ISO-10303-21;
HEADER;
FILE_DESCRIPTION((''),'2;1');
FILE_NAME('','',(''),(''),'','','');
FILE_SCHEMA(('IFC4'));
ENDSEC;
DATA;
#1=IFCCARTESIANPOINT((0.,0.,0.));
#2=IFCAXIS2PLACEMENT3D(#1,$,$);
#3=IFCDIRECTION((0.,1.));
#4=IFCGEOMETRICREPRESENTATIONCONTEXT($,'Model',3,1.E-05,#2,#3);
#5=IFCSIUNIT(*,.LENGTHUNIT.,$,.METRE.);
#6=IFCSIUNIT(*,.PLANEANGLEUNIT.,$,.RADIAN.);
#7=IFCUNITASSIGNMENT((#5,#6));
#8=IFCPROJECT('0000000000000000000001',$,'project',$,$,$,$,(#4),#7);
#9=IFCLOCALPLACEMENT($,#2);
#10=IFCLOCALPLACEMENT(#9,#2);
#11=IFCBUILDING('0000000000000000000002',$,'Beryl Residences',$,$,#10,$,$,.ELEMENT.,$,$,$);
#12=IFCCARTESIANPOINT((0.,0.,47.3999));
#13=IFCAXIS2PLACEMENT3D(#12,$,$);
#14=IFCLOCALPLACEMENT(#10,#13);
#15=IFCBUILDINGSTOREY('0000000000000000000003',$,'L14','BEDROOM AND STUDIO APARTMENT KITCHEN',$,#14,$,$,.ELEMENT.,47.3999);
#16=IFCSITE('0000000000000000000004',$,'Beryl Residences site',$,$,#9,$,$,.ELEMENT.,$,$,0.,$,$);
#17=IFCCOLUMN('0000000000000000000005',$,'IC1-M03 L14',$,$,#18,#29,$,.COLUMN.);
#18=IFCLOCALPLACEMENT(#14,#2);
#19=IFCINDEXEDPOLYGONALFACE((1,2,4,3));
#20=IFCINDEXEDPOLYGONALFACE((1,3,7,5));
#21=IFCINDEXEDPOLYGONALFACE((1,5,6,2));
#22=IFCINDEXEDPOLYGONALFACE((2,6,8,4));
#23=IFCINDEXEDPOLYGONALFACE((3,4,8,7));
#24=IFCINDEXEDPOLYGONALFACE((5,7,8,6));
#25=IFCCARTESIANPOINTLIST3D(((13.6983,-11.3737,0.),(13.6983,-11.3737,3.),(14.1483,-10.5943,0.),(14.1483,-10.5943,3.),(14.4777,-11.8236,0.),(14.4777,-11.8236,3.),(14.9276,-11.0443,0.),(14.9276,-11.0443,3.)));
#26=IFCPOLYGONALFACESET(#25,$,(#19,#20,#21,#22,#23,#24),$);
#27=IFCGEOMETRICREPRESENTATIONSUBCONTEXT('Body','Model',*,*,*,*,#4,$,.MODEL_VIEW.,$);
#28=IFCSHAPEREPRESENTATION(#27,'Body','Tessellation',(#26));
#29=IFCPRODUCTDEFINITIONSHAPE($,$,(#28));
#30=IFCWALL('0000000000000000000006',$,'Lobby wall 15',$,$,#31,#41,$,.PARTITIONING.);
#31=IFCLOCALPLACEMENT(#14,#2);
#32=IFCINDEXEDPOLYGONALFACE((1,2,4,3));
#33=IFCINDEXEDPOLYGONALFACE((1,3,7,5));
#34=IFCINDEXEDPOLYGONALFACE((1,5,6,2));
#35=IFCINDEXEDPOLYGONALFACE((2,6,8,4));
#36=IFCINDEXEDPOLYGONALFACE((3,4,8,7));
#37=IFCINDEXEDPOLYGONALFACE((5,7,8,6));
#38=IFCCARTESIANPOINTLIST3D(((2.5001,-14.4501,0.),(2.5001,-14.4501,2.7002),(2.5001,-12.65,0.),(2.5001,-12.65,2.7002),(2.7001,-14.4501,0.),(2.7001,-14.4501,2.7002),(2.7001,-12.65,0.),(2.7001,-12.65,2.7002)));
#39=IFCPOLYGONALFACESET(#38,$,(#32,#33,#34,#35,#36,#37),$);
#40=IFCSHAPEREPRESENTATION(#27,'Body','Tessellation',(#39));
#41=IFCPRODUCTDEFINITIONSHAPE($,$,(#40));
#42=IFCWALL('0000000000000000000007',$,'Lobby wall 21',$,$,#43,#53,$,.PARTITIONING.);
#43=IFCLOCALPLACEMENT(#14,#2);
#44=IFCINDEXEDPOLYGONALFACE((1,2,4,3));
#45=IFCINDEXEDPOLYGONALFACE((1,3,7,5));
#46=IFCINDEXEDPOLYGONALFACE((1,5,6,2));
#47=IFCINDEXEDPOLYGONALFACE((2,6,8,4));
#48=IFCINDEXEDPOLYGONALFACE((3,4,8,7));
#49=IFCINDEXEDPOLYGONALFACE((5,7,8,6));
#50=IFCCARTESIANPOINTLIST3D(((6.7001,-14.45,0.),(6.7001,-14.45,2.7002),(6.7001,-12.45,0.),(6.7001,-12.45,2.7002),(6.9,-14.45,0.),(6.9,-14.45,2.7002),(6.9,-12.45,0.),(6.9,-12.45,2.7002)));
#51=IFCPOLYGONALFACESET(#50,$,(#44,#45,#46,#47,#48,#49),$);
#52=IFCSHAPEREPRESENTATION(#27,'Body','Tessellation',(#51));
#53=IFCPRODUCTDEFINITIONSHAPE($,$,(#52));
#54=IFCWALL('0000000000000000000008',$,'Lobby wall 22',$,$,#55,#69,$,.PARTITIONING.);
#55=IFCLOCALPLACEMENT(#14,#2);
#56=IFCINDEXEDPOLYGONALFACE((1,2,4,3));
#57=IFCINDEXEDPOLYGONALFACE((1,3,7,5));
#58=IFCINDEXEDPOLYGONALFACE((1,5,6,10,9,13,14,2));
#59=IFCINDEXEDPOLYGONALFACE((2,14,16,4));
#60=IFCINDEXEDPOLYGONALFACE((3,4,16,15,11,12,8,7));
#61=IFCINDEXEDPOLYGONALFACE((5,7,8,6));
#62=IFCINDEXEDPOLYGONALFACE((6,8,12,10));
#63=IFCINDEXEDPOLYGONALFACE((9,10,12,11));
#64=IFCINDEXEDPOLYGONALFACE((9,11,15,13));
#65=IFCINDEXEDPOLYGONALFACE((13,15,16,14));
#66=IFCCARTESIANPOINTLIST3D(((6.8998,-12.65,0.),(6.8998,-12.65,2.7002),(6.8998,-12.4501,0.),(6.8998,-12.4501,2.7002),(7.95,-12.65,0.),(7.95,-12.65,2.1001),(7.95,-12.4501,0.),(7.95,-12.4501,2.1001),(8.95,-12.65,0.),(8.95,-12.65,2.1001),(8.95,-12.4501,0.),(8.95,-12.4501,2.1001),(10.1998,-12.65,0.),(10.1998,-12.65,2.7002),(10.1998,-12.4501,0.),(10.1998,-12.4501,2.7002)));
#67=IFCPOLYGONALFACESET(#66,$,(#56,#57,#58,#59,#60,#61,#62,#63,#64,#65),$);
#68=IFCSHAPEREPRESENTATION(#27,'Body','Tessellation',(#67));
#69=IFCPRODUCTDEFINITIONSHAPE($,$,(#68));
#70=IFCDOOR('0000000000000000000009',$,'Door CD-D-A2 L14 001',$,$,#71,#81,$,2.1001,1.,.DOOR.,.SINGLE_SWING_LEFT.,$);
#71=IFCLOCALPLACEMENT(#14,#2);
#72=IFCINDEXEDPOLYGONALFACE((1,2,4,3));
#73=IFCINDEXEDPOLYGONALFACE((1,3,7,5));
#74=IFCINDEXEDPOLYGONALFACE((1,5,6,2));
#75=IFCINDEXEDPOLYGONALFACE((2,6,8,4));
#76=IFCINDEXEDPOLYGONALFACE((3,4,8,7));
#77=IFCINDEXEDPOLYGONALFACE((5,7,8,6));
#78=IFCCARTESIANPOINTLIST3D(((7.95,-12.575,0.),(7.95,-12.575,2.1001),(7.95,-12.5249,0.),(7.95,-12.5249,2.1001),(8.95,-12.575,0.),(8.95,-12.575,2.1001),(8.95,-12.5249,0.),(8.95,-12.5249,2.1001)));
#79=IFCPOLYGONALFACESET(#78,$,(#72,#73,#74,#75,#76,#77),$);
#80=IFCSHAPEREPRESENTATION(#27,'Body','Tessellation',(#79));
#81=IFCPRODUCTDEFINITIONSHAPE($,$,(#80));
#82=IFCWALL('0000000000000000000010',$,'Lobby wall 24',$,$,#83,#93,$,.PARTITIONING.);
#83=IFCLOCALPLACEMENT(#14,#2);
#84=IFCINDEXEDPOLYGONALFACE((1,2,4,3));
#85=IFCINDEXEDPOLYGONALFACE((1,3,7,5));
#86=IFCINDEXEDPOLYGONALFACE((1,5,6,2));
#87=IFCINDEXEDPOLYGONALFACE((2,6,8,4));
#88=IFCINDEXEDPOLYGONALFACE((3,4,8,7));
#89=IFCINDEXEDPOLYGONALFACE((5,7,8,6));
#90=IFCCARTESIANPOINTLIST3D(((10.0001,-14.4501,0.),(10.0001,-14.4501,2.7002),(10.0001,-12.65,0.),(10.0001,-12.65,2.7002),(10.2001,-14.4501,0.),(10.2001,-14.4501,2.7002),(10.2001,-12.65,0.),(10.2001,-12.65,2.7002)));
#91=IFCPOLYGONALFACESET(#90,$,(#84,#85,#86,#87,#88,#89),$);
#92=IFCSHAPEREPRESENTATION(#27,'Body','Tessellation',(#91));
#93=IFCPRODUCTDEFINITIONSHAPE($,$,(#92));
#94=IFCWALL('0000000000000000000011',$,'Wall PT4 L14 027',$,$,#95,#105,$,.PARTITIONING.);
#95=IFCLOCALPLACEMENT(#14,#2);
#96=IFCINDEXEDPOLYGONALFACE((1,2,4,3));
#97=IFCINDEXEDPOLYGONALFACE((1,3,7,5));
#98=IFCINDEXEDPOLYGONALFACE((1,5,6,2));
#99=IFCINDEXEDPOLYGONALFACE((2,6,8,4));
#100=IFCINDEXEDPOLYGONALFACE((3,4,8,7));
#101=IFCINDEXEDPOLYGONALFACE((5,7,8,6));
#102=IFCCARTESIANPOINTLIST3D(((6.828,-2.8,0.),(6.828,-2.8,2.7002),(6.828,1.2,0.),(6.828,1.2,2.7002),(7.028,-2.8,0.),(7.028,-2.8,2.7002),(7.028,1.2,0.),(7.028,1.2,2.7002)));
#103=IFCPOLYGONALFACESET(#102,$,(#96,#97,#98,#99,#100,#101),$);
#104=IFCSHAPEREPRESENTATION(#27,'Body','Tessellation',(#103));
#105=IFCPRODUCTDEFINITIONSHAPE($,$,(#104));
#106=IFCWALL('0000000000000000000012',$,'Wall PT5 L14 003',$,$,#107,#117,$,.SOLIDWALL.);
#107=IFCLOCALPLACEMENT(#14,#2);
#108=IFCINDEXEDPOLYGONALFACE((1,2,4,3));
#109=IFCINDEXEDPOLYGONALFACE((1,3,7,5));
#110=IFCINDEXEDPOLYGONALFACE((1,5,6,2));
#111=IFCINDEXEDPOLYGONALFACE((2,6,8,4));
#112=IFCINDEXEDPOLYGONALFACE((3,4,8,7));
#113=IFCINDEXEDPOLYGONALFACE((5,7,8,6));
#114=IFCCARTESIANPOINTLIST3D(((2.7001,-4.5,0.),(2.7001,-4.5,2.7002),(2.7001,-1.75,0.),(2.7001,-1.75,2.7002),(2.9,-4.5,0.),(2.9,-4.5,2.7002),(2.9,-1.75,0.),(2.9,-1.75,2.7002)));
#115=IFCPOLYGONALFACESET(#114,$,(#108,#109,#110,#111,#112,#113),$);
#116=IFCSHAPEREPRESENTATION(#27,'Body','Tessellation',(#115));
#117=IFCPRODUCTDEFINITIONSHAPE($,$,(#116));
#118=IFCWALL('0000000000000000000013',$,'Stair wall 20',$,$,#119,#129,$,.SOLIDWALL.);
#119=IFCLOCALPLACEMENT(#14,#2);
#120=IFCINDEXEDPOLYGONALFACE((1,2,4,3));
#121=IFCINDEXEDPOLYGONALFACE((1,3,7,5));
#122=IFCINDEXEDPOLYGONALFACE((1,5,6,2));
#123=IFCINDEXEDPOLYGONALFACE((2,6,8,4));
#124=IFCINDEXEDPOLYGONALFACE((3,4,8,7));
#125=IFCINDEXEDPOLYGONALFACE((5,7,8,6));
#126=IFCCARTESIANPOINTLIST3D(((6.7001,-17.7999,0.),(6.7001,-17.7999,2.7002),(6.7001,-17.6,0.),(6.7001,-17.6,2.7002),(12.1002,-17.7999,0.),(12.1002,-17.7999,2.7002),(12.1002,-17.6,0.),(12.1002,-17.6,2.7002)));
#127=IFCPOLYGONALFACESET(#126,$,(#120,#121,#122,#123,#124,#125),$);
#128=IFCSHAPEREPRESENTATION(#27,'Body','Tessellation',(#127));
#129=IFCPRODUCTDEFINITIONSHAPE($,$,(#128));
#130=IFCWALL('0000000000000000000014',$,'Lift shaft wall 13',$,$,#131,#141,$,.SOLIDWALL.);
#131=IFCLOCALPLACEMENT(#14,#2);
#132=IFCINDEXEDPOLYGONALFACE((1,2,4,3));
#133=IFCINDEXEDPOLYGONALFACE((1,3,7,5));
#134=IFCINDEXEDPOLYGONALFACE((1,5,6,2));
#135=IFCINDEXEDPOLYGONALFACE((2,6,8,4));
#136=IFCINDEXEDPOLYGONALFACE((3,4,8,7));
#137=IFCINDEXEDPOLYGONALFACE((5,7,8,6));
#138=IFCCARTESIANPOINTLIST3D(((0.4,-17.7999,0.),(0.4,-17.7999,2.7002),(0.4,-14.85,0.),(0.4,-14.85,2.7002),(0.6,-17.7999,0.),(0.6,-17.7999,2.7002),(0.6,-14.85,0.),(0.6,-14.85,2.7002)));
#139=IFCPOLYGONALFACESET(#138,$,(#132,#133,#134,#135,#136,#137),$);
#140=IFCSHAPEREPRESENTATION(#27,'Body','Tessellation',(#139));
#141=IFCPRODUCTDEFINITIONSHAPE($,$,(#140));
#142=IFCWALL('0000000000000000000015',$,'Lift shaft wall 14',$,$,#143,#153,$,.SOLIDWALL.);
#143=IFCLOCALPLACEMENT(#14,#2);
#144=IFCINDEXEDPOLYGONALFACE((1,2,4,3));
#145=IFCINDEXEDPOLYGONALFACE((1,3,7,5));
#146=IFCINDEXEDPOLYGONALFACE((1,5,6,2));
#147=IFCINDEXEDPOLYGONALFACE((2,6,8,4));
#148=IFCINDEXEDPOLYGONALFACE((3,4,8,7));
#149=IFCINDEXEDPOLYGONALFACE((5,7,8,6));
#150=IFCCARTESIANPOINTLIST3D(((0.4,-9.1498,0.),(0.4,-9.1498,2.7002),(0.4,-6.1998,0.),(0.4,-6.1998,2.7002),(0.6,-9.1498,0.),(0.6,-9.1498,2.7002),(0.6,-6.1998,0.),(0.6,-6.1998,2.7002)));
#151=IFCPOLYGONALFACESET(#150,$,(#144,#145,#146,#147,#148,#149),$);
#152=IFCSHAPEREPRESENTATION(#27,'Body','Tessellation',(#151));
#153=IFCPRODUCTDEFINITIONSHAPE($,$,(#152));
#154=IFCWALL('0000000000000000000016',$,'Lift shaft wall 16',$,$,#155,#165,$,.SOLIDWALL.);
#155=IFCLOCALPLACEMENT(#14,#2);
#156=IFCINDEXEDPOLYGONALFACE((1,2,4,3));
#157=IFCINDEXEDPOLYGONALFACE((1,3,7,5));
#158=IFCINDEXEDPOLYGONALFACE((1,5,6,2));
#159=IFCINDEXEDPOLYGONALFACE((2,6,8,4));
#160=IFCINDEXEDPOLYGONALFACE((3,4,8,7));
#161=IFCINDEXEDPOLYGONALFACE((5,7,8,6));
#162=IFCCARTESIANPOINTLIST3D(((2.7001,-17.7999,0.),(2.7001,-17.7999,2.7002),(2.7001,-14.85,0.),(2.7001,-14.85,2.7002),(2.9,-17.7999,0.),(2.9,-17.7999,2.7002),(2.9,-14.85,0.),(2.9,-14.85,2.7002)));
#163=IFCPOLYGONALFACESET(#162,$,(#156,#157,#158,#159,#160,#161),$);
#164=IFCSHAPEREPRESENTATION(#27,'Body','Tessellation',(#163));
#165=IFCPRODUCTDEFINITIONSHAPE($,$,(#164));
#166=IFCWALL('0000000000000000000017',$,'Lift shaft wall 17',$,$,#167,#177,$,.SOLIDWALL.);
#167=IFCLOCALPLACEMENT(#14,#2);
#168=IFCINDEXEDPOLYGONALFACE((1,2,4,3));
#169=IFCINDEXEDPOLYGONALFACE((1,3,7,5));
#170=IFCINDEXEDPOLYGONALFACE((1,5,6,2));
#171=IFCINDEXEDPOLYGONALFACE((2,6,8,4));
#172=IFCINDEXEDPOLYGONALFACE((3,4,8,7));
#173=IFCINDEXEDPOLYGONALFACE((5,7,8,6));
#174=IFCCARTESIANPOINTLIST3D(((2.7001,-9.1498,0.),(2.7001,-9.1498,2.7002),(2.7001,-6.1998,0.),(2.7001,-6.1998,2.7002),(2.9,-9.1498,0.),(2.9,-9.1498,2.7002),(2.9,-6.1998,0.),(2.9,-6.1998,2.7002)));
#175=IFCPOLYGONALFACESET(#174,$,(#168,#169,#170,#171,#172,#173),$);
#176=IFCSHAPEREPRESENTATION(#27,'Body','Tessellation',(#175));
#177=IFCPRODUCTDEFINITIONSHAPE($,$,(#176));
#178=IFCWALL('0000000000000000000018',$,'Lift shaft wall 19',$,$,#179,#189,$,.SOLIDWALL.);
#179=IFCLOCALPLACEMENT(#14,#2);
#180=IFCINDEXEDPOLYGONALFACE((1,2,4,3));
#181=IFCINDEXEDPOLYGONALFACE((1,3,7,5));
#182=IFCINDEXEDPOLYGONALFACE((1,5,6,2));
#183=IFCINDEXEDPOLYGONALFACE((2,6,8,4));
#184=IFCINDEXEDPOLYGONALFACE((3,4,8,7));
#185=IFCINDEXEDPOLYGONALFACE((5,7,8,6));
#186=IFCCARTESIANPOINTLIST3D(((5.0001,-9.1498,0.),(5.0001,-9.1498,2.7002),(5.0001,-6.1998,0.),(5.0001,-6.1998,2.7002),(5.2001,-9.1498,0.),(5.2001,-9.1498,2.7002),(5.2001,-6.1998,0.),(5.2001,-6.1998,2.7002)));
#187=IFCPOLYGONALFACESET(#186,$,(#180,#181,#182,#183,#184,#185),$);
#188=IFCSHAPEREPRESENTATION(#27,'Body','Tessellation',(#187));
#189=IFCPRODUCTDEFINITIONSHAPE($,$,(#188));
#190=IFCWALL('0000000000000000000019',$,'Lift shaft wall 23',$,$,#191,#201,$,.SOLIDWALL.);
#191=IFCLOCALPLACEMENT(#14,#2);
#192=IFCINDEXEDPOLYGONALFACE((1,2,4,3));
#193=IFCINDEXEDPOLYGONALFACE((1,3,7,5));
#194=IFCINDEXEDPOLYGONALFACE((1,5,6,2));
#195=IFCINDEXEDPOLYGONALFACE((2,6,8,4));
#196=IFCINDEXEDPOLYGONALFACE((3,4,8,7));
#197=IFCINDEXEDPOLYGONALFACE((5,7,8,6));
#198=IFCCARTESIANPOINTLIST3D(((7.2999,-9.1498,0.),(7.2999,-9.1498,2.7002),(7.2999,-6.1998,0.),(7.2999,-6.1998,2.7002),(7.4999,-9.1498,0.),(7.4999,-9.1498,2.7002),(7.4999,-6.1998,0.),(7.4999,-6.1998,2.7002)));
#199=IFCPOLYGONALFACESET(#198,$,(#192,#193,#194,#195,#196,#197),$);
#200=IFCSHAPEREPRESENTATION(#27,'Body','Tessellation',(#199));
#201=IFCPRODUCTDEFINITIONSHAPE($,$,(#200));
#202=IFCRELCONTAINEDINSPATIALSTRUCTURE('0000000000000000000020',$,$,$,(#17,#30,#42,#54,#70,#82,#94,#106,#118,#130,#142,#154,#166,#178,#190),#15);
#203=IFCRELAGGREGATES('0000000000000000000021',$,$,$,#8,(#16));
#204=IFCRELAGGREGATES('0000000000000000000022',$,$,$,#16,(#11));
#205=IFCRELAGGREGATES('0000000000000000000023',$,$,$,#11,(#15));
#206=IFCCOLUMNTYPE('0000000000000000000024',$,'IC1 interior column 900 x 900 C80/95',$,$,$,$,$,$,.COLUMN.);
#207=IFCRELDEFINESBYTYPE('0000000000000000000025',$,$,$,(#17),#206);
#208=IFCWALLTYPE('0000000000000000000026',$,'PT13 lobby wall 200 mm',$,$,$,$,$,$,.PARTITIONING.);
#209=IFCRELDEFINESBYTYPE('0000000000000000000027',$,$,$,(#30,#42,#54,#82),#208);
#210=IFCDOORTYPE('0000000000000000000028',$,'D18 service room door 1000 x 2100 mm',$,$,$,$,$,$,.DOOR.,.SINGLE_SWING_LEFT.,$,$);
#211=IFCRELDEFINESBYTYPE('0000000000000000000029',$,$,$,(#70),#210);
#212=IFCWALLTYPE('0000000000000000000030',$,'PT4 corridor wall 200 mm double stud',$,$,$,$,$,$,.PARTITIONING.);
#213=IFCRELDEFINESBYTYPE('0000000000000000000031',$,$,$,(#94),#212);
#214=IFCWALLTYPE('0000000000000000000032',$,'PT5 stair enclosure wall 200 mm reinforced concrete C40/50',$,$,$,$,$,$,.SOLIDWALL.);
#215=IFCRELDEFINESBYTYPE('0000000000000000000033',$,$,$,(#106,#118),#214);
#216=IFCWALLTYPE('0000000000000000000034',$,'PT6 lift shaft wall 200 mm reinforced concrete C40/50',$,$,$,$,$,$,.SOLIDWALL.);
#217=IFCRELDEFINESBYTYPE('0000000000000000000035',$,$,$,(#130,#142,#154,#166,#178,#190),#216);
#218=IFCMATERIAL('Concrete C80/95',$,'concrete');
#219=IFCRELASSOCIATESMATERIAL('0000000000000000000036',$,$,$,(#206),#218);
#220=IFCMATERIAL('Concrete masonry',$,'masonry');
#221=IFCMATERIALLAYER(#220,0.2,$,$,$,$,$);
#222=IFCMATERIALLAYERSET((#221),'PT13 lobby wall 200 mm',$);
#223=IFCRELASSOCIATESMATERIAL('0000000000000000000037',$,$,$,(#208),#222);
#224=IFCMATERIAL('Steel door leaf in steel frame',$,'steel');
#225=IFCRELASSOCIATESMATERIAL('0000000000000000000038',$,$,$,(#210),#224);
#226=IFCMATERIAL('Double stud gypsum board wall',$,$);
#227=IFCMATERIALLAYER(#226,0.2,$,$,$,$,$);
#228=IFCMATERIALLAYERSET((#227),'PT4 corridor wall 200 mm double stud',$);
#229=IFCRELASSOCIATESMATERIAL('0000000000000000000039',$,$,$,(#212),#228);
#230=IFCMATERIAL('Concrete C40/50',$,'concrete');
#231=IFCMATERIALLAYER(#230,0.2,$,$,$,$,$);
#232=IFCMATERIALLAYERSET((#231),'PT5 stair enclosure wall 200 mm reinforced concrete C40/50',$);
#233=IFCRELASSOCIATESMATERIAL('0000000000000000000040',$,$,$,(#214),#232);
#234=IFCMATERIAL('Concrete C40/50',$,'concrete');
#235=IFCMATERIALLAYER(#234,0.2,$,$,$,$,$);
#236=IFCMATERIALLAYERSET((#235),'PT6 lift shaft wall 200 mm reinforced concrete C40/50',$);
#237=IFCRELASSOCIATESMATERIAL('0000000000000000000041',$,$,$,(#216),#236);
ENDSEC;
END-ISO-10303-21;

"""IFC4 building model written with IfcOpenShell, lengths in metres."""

from ifc_helpers import new_model, si_unit, direction, frame, frame_2d, origin, origin_2d, place, context, subcontext, project, spatial, rectangle, extrude, material, layer, layer_set, material_profile, profile_set, type_object, element, fill, save


model = new_model("IFC4")

# Units and contexts
model_context = context("Model", 3, precision=1e-05, world=origin(), true_north=direction((0.0, 1.0)))
body_context = subcontext(model_context, "Body", "Model", "MODEL_VIEW")
ifc_project = project(units=[si_unit("LENGTHUNIT", "METRE"), si_unit("PLANEANGLEUNIT", "RADIAN")], contexts=[model_context])

# Site, building, storey
site_placement = place(None, origin())
site = spatial("IfcSite", under=ifc_project, at=site_placement, Name="Beryl Residences site", CompositionType="ELEMENT", RefElevation=0.0)
building_placement = place(site_placement, origin())
building = spatial("IfcBuilding", under=site, at=building_placement, Name="Beryl Residences", CompositionType="ELEMENT")
storey_placement = place(building_placement, frame((0.0, 0.0, 47.3999)))
storey = spatial("IfcBuildingStorey", under=building, at=storey_placement, Name="L14", Description="BEDROOM AND STUDIO APARTMENT KITCHEN", CompositionType="ELEMENT", Elevation=47.3999)

# Column
ifc_material_1 = material(Name="Concrete C80/95", Category="concrete")
ifc_material_profile = material_profile(ifc_material_1, rectangle(XDim=0.8999, YDim=0.8999, at=origin_2d()))
ifc_profile_set = profile_set([ifc_material_profile], Name="Concrete C80/95")
column_type = type_object("IfcColumnType", Name="IC1 interior column 900 x 900 C80/95", PredefinedType="COLUMN", material=ifc_profile_set)
column_placement = place(storey_placement, frame((14.313, -11.209, 0.0), z_axis=(0.0, 0.0, 1.0), x_axis=(0.499985, 0.866034, 0.0)))
element("IfcColumn", 1, at=column_placement, inside=storey, type_object=column_type, Name="IC1-M03 L14", PredefinedType="COLUMN", context=body_context, shape_type="SweptSolid", body=[
    extrude(rectangle(XDim=0.8999, YDim=0.8999, at=origin_2d()), origin(), (0.0, 0.0, 1.0), 3.0),
])

# Walls
ifc_material_2 = material(Name="Concrete masonry", Category="masonry")
ifc_layer_1 = layer(ifc_material_2, 0.2)
ifc_layer_set_1 = layer_set([ifc_layer_1], Name="PT13 lobby wall 200 mm")
wall_type_1 = type_object("IfcWallType", Name="PT13 lobby wall 200 mm", PredefinedType="PARTITIONING", material=ifc_layer_set_1)
wall_1_placement = place(storey_placement, frame((2.6001, -14.45, 0.0), z_axis=(0.0, 0.0, 1.0), x_axis=(0.0, 1.0, 0.0)))
element("IfcWall", 2, at=wall_1_placement, inside=storey, type_object=wall_type_1, Name="Lobby wall 15", PredefinedType="PARTITIONING", context=body_context, shape_type="SweptSolid", body=[
    extrude(rectangle(XDim=1.8, YDim=0.2, at=frame_2d((0.8999, 0.0))), origin(), (0.0, 0.0, 1.0), 2.7002),
])
wall_2_placement = place(storey_placement, frame((6.8, -14.45, 0.0), z_axis=(0.0, 0.0, 1.0), x_axis=(0.0, 1.0, 0.0)))
element("IfcWall", 3, at=wall_2_placement, inside=storey, type_object=wall_type_1, Name="Lobby wall 21", PredefinedType="PARTITIONING", context=body_context, shape_type="SweptSolid", body=[
    extrude(rectangle(XDim=2.0, YDim=0.2, at=frame_2d((1.0, 0.0))), origin(), (0.0, 0.0, 1.0), 2.7002),
])

# Wall, opening, door
wall_3_placement = place(storey_placement, frame((6.8999, -12.55, 0.0), z_axis=(0.0, 0.0, 1.0), x_axis=(1.0, 0.0, 0.0)))
wall_3 = element("IfcWall", 4, at=wall_3_placement, inside=storey, type_object=wall_type_1, Name="Lobby wall 22", PredefinedType="PARTITIONING", context=body_context, shape_type="SweptSolid", body=[
    extrude(rectangle(XDim=3.3, YDim=0.2, at=frame_2d((1.6499, 0.0))), origin(), (0.0, 0.0, 1.0), 2.7002),
])
opening_placement = place(wall_3_placement, frame((2.05, 0.0, 0.0), z_axis=(0.0, 0.0, 1.0), x_axis=(-1.0, 0.0, 0.0)))
opening = element("IfcOpeningElement", 5, at=opening_placement, cuts=wall_3, PredefinedType="OPENING", context=body_context, shape_type="SweptSolid", body=[
    extrude(rectangle(XDim=1.0, YDim=2.1001, at=frame_2d((0.5, 1.05))), frame((0.0, 0.1099, 0.0), z_axis=(0.0, -1.0, 0.0), x_axis=(1.0, 0.0, 0.0)), (0.0, 0.0, 1.0), 0.22),
])
ifc_material_3 = material(Name="Steel door leaf in steel frame", Category="steel")
door_type = type_object("IfcDoorType", Name="D18 service room door 1000 x 2100 mm", OperationType="SINGLE_SWING_LEFT", PredefinedType="DOOR", material=ifc_material_3)
door_placement = place(opening_placement, origin())
door = element("IfcDoor", 6, at=door_placement, inside=storey, type_object=door_type, Name="Door CD-D-A2 L14 001", OperationType="SINGLE_SWING_LEFT", OverallHeight=2.1001, OverallWidth=1.0, PredefinedType="DOOR", context=body_context, shape_type="SweptSolid", body=[
    extrude(rectangle(XDim=1.0, YDim=2.1001, at=frame_2d((0.5, 1.05))), frame((0.0, 0.0249, 0.0), z_axis=(0.0, -1.0, 0.0), x_axis=(1.0, 0.0, 0.0)), (0.0, 0.0, 1.0), 0.05),
])
fill(opening, door)

# Walls
wall_4_placement = place(storey_placement, frame((10.1001, -14.45, 0.0), z_axis=(0.0, 0.0, 1.0), x_axis=(0.0, 1.0, 0.0)))
element("IfcWall", 7, at=wall_4_placement, inside=storey, type_object=wall_type_1, Name="Lobby wall 24", PredefinedType="PARTITIONING", context=body_context, shape_type="SweptSolid", body=[
    extrude(rectangle(XDim=1.8, YDim=0.2, at=frame_2d((0.8999, 0.0))), origin(), (0.0, 0.0, 1.0), 2.7002),
])
ifc_material_4 = material(Name="Double stud gypsum board wall")
ifc_layer_2 = layer(ifc_material_4, 0.2)
ifc_layer_set_2 = layer_set([ifc_layer_2], Name="PT4 corridor wall 200 mm double stud")
wall_type_2 = type_object("IfcWallType", Name="PT4 corridor wall 200 mm double stud", PredefinedType="PARTITIONING", material=ifc_layer_set_2)
wall_5_placement = place(storey_placement, frame((6.928, -2.8, 0.0), z_axis=(0.0, 0.0, 1.0), x_axis=(0.0, 1.0, 0.0)))
element("IfcWall", 8, at=wall_5_placement, inside=storey, type_object=wall_type_2, Name="Wall PT4 L14 027", PredefinedType="PARTITIONING", context=body_context, shape_type="SweptSolid", body=[
    extrude(rectangle(XDim=4.0, YDim=0.2, at=frame_2d((2.0, 0.0))), origin(), (0.0, 0.0, 1.0), 2.7002),
])
ifc_material_5 = material(Name="Concrete C40/50", Category="concrete")
ifc_layer_3 = layer(ifc_material_5, 0.2)
ifc_layer_set_3 = layer_set([ifc_layer_3], Name="PT5 stair enclosure wall 200 mm reinforced concrete C40/50")
wall_type_3 = type_object("IfcWallType", Name="PT5 stair enclosure wall 200 mm reinforced concrete C40/50", PredefinedType="SOLIDWALL", material=ifc_layer_set_3)
wall_6_placement = place(storey_placement, frame((2.8, -4.5, 0.0), z_axis=(0.0, 0.0, 1.0), x_axis=(0.0, 1.0, 0.0)))
element("IfcWall", 9, at=wall_6_placement, inside=storey, type_object=wall_type_3, Name="Wall PT5 L14 003", PredefinedType="SOLIDWALL", context=body_context, shape_type="SweptSolid", body=[
    extrude(rectangle(XDim=2.75, YDim=0.2, at=frame_2d((1.375, 0.0))), origin(), (0.0, 0.0, 1.0), 2.7002),
])
wall_7_placement = place(storey_placement, frame((6.7, -17.7, 0.0), z_axis=(0.0, 0.0, 1.0), x_axis=(1.0, 0.0, 0.0)))
element("IfcWall", 10, at=wall_7_placement, inside=storey, type_object=wall_type_3, Name="Stair wall 20", PredefinedType="SOLIDWALL", context=body_context, shape_type="SweptSolid", body=[
    extrude(rectangle(XDim=5.4001, YDim=0.2, at=frame_2d((2.7002, 0.0))), origin(), (0.0, 0.0, 1.0), 2.7002),
])
ifc_material_6 = material(Name="Concrete C40/50", Category="concrete")
ifc_layer_4 = layer(ifc_material_6, 0.2)
ifc_layer_set_4 = layer_set([ifc_layer_4], Name="PT6 lift shaft wall 200 mm reinforced concrete C40/50")
wall_type_4 = type_object("IfcWallType", Name="PT6 lift shaft wall 200 mm reinforced concrete C40/50", PredefinedType="SOLIDWALL", material=ifc_layer_set_4)
for number, where, z_axis, x_axis, name in (
    (11, (0.5, -17.8, 0.0), (0.0, 0.0, 1.0), (0.0, 1.0, 0.0), "Lift shaft wall 13"),
    (12, (0.5, -9.1499, 0.0), (0.0, 0.0, 1.0), (0.0, 1.0, 0.0), "Lift shaft wall 14"),
    (13, (2.8, -17.8, 0.0), (0.0, 0.0, 1.0), (0.0, 1.0, 0.0), "Lift shaft wall 16"),
    (14, (2.8, -9.1499, 0.0), (0.0, 0.0, 1.0), (0.0, 1.0, 0.0), "Lift shaft wall 17"),
    (15, (5.1001, -9.1499, 0.0), (0.0, 0.0, 1.0), (0.0, 1.0, 0.0), "Lift shaft wall 19"),
    (16, (7.3999, -9.1499, 0.0), (0.0, 0.0, 1.0), (0.0, 1.0, 0.0), "Lift shaft wall 23"),
):
    element("IfcWall", number, at=place(storey_placement, frame(where, z_axis=z_axis, x_axis=x_axis)), inside=storey, type_object=wall_type_4, Name=name, PredefinedType="SOLIDWALL", context=body_context, shape_type="SweptSolid", body=[
        extrude(rectangle(XDim=2.95, YDim=0.2, at=frame_2d((1.4751, 0.0))), origin(), (0.0, 0.0, 1.0), 2.7002),
    ])

save(model, "model.ifc")
